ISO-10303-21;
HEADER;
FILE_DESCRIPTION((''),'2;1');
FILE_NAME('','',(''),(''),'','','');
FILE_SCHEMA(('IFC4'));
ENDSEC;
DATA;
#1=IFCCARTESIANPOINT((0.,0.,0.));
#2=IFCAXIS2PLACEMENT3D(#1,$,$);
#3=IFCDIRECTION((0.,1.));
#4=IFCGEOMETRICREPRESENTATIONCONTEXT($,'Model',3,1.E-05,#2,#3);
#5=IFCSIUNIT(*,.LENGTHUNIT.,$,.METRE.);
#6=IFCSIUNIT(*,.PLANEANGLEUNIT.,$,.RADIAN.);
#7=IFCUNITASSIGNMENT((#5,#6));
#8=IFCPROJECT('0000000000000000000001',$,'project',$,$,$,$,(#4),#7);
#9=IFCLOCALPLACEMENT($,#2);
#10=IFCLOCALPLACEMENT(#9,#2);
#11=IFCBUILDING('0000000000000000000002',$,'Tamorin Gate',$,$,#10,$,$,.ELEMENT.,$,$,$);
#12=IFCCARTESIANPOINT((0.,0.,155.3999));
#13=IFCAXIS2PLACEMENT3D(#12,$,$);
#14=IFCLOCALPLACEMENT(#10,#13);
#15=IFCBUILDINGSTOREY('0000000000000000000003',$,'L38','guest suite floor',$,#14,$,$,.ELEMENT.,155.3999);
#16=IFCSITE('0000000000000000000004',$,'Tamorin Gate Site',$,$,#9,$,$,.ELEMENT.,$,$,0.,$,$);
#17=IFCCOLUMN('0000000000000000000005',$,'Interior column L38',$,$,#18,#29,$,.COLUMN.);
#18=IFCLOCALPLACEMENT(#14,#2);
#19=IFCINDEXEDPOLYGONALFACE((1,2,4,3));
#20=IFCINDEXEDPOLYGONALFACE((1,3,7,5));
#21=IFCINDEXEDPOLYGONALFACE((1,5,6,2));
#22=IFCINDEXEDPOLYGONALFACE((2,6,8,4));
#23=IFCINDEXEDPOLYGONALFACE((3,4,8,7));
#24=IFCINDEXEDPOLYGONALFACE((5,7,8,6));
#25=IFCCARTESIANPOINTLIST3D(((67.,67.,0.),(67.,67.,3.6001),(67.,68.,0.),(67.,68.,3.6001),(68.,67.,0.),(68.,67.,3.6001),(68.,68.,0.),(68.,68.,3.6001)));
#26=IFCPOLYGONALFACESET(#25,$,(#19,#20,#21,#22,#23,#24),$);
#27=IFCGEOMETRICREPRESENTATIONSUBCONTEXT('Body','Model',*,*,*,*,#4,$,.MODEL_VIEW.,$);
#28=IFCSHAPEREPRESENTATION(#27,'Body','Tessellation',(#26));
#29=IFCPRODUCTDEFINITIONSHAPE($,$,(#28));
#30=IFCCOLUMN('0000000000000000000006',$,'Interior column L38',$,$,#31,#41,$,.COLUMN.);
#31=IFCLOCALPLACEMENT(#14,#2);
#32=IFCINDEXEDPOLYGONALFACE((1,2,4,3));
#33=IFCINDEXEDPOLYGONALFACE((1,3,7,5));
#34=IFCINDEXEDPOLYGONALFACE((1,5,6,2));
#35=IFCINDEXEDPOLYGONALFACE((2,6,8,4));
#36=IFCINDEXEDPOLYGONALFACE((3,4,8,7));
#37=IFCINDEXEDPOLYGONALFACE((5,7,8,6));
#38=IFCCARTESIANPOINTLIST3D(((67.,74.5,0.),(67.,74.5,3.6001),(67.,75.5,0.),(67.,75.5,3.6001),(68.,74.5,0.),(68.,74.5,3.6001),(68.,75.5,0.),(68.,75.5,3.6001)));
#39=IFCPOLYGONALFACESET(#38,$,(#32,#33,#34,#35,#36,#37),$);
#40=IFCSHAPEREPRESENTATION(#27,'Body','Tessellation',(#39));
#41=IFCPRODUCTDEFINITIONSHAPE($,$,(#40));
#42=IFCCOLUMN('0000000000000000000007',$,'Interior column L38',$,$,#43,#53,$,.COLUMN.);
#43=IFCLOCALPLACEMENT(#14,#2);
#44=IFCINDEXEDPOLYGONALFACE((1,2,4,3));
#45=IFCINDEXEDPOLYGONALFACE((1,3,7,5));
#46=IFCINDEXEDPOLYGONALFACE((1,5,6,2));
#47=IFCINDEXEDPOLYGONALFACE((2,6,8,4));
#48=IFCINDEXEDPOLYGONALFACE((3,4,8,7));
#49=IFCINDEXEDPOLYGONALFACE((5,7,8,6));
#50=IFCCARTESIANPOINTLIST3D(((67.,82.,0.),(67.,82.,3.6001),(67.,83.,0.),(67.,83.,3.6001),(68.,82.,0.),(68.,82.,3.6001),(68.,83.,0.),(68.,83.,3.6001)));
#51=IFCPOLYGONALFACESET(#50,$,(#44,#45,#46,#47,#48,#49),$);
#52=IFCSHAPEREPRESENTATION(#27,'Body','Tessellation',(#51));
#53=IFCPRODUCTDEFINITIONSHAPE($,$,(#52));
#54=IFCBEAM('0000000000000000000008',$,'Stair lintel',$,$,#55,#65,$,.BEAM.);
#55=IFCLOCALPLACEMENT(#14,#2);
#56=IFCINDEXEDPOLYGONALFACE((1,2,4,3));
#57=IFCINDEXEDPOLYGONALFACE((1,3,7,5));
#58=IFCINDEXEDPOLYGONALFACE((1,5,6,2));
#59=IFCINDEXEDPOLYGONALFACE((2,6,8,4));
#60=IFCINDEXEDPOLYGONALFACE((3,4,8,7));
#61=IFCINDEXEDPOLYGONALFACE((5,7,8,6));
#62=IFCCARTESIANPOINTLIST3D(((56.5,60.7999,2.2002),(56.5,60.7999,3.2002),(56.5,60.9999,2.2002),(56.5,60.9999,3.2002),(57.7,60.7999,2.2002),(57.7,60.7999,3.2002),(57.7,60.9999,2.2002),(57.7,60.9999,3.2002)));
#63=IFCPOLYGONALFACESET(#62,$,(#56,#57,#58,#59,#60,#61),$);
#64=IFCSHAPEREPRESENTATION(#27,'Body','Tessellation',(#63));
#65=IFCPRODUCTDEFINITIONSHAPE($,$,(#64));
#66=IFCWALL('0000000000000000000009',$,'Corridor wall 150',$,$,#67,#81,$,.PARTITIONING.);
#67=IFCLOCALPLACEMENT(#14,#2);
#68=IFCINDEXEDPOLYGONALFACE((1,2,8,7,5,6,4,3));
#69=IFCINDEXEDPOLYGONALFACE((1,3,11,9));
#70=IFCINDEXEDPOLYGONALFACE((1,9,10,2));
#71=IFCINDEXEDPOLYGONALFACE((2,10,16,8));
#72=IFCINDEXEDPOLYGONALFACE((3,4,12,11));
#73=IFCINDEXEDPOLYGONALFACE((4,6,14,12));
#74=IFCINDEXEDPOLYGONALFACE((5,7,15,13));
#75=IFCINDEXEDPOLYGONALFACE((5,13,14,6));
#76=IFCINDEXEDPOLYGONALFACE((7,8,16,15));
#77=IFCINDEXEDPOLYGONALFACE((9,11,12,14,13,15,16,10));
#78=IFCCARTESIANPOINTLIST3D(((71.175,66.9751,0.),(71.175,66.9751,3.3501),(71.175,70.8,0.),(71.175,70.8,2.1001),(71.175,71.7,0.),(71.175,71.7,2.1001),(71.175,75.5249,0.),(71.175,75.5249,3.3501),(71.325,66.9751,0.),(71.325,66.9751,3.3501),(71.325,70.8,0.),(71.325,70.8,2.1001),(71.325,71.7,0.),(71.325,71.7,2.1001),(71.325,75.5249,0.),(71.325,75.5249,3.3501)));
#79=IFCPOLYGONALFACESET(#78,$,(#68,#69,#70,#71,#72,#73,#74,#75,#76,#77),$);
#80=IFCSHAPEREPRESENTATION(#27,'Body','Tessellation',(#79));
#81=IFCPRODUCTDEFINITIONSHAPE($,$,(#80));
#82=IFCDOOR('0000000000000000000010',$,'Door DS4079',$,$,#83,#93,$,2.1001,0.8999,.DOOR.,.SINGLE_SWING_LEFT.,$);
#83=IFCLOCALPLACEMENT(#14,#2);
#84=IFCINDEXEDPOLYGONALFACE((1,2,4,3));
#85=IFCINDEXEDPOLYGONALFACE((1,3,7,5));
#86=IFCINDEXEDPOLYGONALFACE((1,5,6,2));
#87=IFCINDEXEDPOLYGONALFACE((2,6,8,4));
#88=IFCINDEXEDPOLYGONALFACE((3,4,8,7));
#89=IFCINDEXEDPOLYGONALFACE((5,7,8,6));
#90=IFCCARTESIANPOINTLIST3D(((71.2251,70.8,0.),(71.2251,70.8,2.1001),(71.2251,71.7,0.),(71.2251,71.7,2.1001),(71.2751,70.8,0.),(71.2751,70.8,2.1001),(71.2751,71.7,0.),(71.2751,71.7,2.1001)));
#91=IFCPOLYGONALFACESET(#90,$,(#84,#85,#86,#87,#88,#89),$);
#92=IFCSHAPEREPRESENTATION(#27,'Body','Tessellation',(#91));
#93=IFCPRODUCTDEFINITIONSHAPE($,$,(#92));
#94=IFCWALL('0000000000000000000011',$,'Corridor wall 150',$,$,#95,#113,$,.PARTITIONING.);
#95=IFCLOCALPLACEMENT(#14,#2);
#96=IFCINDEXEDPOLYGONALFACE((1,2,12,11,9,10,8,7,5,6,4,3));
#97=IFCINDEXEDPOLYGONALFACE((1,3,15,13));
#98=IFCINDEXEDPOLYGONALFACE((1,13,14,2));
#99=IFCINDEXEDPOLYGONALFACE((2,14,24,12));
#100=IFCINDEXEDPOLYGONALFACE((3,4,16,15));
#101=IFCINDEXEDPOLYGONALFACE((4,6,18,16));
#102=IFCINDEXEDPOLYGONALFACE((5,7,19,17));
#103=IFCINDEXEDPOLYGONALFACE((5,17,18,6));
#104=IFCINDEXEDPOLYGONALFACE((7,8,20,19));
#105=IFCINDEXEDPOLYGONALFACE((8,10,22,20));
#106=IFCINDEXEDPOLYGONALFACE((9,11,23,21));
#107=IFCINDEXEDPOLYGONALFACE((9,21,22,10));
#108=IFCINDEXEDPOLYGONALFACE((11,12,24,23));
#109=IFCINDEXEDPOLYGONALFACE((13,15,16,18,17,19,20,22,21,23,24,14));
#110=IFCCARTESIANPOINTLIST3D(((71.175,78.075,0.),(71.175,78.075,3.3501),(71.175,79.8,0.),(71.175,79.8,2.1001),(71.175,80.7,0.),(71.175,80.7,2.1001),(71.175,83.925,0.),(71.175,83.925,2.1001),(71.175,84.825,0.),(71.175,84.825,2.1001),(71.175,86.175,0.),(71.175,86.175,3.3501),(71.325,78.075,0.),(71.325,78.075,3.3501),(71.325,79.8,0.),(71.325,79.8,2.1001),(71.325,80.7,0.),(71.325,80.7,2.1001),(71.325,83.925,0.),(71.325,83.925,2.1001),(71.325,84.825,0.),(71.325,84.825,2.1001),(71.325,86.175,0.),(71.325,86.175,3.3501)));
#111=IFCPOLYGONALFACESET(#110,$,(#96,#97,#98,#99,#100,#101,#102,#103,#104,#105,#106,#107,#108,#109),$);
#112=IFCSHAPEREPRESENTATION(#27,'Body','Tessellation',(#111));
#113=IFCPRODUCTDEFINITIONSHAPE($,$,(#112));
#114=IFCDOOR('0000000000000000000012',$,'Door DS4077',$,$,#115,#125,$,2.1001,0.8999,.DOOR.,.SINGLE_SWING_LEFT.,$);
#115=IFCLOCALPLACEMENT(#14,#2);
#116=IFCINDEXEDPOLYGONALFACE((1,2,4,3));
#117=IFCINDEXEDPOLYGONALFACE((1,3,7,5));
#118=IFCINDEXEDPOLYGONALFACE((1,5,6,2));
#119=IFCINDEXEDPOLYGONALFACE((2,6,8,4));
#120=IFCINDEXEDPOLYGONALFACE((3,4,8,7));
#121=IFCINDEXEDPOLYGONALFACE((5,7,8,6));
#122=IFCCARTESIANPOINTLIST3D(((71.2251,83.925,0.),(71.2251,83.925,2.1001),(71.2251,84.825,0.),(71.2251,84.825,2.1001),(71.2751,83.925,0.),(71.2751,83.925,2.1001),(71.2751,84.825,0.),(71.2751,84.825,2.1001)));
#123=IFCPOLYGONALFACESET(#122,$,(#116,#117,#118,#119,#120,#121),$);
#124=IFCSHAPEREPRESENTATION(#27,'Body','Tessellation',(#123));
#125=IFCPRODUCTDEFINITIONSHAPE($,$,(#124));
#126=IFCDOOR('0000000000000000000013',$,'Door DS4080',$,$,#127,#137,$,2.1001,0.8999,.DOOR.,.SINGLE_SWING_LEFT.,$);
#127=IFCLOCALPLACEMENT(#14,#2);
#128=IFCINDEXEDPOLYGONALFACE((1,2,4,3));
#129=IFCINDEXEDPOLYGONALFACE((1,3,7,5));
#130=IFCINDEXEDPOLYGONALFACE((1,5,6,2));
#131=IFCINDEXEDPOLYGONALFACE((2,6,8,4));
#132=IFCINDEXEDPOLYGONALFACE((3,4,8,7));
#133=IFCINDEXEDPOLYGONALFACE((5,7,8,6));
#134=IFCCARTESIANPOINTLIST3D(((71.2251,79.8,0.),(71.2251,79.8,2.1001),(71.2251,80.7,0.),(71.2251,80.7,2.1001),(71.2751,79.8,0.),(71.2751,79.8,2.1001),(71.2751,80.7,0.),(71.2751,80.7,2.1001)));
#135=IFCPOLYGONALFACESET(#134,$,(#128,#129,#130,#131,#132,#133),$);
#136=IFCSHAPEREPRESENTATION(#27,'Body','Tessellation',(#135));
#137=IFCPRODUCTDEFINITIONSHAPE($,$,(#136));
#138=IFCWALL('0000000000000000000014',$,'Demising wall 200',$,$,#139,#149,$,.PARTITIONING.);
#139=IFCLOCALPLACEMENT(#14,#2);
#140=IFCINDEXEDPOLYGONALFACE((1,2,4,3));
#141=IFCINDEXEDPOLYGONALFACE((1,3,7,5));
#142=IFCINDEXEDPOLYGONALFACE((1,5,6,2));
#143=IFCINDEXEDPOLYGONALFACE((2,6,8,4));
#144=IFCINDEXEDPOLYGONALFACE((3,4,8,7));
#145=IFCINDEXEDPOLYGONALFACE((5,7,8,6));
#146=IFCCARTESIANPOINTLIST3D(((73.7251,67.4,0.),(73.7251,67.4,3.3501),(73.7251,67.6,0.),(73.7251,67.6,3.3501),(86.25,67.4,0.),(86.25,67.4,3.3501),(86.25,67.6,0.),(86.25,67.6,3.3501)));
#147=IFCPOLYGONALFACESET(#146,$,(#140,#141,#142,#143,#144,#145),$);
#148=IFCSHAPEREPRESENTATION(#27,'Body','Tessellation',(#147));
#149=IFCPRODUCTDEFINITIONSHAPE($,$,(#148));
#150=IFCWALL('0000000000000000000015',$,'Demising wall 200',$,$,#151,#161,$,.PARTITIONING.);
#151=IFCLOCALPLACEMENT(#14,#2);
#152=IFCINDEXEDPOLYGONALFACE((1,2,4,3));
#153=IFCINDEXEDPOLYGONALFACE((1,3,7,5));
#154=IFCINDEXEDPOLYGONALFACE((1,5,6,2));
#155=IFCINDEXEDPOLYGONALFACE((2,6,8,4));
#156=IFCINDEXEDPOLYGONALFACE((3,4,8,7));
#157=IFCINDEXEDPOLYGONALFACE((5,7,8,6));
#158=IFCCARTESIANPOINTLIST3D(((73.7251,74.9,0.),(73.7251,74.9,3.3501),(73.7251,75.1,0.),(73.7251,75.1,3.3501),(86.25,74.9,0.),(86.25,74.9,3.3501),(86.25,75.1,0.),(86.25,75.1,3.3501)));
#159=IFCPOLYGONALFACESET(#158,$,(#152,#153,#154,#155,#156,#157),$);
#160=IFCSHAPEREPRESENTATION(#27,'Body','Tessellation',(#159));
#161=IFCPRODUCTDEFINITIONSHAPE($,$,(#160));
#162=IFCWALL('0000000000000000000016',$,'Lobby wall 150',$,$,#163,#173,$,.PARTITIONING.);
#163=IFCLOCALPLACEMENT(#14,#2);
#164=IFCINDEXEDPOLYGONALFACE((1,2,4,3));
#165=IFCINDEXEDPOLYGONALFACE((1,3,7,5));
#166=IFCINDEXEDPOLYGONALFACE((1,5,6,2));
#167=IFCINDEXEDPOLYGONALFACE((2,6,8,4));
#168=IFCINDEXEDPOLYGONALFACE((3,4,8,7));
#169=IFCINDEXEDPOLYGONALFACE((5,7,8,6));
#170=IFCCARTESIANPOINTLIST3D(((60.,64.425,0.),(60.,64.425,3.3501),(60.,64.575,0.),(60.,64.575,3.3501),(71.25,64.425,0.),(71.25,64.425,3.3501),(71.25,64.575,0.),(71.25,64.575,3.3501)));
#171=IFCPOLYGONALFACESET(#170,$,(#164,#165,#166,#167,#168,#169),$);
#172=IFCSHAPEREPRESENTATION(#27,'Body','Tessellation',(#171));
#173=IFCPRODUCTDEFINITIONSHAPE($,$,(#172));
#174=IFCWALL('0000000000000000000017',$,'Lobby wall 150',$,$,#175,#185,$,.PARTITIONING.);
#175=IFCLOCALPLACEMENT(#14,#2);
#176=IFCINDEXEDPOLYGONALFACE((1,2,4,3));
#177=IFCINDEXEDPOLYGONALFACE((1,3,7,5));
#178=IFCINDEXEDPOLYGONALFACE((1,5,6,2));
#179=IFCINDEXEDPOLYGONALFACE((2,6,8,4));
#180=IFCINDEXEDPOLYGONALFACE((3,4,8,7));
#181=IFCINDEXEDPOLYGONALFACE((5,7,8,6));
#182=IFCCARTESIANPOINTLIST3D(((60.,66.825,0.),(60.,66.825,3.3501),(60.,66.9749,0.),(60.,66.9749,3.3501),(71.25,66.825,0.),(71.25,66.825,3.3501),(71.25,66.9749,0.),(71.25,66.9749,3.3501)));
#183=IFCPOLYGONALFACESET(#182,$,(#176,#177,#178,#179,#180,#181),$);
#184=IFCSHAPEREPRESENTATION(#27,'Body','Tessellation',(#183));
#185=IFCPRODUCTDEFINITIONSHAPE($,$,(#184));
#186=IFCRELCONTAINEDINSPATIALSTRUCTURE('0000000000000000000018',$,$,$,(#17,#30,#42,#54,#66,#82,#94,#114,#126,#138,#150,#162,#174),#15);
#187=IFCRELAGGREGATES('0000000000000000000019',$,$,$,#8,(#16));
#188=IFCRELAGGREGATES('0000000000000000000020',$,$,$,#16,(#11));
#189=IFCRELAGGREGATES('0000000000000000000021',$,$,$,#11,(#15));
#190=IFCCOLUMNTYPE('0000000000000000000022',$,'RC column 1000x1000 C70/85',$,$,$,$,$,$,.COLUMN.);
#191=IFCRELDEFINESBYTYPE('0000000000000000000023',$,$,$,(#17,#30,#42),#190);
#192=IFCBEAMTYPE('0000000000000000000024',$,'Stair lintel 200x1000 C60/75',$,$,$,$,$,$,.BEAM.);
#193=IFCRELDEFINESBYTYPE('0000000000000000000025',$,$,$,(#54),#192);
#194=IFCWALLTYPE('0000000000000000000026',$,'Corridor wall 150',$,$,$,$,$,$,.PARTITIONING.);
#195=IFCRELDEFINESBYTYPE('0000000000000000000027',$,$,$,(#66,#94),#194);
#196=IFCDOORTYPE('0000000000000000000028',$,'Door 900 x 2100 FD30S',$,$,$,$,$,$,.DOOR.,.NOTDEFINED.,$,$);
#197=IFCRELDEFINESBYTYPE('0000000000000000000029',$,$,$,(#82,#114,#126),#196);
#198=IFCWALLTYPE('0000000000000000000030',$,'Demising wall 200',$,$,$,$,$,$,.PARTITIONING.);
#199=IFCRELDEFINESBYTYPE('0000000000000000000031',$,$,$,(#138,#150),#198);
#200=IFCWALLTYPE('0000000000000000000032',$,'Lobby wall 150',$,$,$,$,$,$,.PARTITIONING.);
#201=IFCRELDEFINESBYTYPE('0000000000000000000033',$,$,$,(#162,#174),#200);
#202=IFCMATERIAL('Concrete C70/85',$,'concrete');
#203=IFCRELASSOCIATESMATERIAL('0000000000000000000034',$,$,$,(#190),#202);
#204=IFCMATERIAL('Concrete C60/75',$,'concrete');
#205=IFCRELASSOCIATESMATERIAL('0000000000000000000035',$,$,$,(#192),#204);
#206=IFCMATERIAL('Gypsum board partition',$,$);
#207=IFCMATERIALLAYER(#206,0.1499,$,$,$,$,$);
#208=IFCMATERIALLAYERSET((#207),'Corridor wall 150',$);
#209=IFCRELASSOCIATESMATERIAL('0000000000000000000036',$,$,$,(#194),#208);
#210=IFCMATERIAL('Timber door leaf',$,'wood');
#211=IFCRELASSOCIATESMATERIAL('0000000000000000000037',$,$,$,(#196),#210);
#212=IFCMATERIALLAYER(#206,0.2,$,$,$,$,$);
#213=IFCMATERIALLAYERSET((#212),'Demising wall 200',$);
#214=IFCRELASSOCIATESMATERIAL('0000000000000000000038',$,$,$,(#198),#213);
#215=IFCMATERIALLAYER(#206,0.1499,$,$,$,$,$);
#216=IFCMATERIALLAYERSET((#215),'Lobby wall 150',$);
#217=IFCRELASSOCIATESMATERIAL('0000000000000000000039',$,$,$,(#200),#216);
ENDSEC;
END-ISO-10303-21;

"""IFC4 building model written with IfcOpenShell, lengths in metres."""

from ifc_helpers import new_model, si_unit, direction, frame, frame_2d, origin, origin_2d, place, context, subcontext, project, spatial, rectangle, extrude, material, layer, layer_set, material_profile, profile_set, type_object, element, fill, save


model = new_model("IFC4")

# Units and contexts
model_context = context("Model", 3, precision=1e-05, world=origin(), true_north=direction((0.0, 1.0)))
body_context = subcontext(model_context, "Body", "Model", "MODEL_VIEW")
ifc_project = project(units=[si_unit("LENGTHUNIT", "METRE"), si_unit("PLANEANGLEUNIT", "RADIAN")], contexts=[model_context])

# Site, building, storey
site_placement = place(None, origin())
site = spatial("IfcSite", under=ifc_project, at=site_placement, Name="Tamorin Gate Site", CompositionType="ELEMENT", RefElevation=0.0)
building_placement = place(site_placement, origin())
building = spatial("IfcBuilding", under=site, at=building_placement, Name="Tamorin Gate", CompositionType="ELEMENT")
storey_placement = place(building_placement, frame((0.0, 0.0, 155.3999)))
storey = spatial("IfcBuildingStorey", under=building, at=storey_placement, Name="L38", Description="guest suite floor", CompositionType="ELEMENT", Elevation=155.3999)

# Columns
ifc_material_1 = material(Name="Concrete C70/85", Category="concrete")
ifc_material_profile_1 = material_profile(ifc_material_1, rectangle(XDim=1.0, YDim=1.0, at=origin_2d()), Name="RC 1000x1000")
ifc_profile_set_1 = profile_set([ifc_material_profile_1], Name="Concrete C70/85")
column_type = type_object("IfcColumnType", Name="RC column 1000x1000 C70/85", PredefinedType="COLUMN", material=ifc_profile_set_1)
for number, where, z_axis, x_axis, name in (
    (1, (67.5, 67.5, 0.0), (0.0, 0.0, 1.0), (1.0, 0.0, 0.0), "Interior column L38"),
    (2, (67.5, 75.0, 0.0), (0.0, 0.0, 1.0), (1.0, 0.0, 0.0), "Interior column L38"),
    (3, (67.5, 82.5, 0.0), (0.0, 0.0, 1.0), (1.0, 0.0, 0.0), "Interior column L38"),
):
    element("IfcColumn", number, at=place(storey_placement, frame(where, z_axis=z_axis, x_axis=x_axis)), inside=storey, type_object=column_type, Name=name, PredefinedType="COLUMN", context=body_context, shape_type="SweptSolid", body=[
        extrude(rectangle(XDim=1.0, YDim=1.0, at=origin_2d()), origin(), (0.0, 0.0, 1.0), 3.6001),
    ])

# Beam
ifc_material_2 = material(Name="Concrete C60/75", Category="concrete")
ifc_material_profile_2 = material_profile(ifc_material_2, rectangle(XDim=0.2, YDim=1.0, at=origin_2d()))
ifc_profile_set_2 = profile_set([ifc_material_profile_2], Name="Concrete C60/75")
beam_type = type_object("IfcBeamType", Name="Stair lintel 200x1000 C60/75", PredefinedType="BEAM", material=ifc_profile_set_2)
beam_placement = place(storey_placement, frame((56.5, 60.8999, 2.7002), z_axis=(1.0, 0.0, 0.0), x_axis=(0.0, 1.0, 0.0)))
element("IfcBeam", 4, at=beam_placement, inside=storey, type_object=beam_type, Name="Stair lintel", PredefinedType="BEAM", context=body_context, shape_type="SweptSolid", body=[
    extrude(rectangle(XDim=0.2, YDim=1.0, at=origin_2d()), origin(), (0.0, 0.0, 1.0), 1.2),
])

# Wall, opening, door
ifc_material_3 = material(Name="Gypsum board partition")
ifc_layer_1 = layer(ifc_material_3, 0.1499)
ifc_layer_set_1 = layer_set([ifc_layer_1], Name="Corridor wall 150")
wall_type_1 = type_object("IfcWallType", Name="Corridor wall 150", PredefinedType="PARTITIONING", material=ifc_layer_set_1)
wall_1_placement = place(storey_placement, frame((71.25, 66.9751, 0.0), z_axis=(0.0, 0.0, 1.0), x_axis=(0.0, 1.0, 0.0)))
wall_1 = element("IfcWall", 5, at=wall_1_placement, inside=storey, type_object=wall_type_1, Name="Corridor wall 150", PredefinedType="PARTITIONING", context=body_context, shape_type="SweptSolid", body=[
    extrude(rectangle(XDim=8.5498, YDim=0.1499, at=frame_2d((4.2749, 0.0))), origin(), (0.0, 0.0, 1.0), 3.3501),
])
opening_1_placement = place(wall_1_placement, frame((3.825, 0.0, 0.0)))
opening_1 = element("IfcOpeningElement", 6, at=opening_1_placement, cuts=wall_1, PredefinedType="OPENING", context=body_context, shape_type="SweptSolid", body=[
    extrude(rectangle(XDim=0.8999, YDim=2.1001, at=frame_2d((0.45, 1.05))), frame((0.0, 0.085, 0.0), z_axis=(0.0, -1.0, 0.0), x_axis=(1.0, 0.0, 0.0)), (0.0, 0.0, 1.0), 0.1699),
])
ifc_material_4 = material(Name="Timber door leaf", Category="wood")
door_type = type_object("IfcDoorType", Name="Door 900 x 2100 FD30S", OperationType="NOTDEFINED", PredefinedType="DOOR", material=ifc_material_4)
door_1_placement = place(opening_1_placement, origin())
door_1 = element("IfcDoor", 7, at=door_1_placement, inside=storey, type_object=door_type, Name="Door DS4079", OperationType="SINGLE_SWING_LEFT", OverallHeight=2.1001, OverallWidth=0.8999, PredefinedType="DOOR", context=body_context, shape_type="SweptSolid", body=[
    extrude(rectangle(XDim=0.8999, YDim=2.1001, at=frame_2d((0.45, 1.05))), frame((0.0, 0.0249, 0.0), z_axis=(0.0, -1.0, 0.0), x_axis=(1.0, 0.0, 0.0)), (0.0, 0.0, 1.0), 0.05),
])
fill(opening_1, door_1)

# Wall, openings, doors
wall_2_placement = place(storey_placement, frame((71.25, 78.075, 0.0), z_axis=(0.0, 0.0, 1.0), x_axis=(0.0, 1.0, 0.0)))
wall_2 = element("IfcWall", 8, at=wall_2_placement, inside=storey, type_object=wall_type_1, Name="Corridor wall 150", PredefinedType="PARTITIONING", context=body_context, shape_type="SweptSolid", body=[
    extrude(rectangle(XDim=8.1001, YDim=0.1499, at=frame_2d((4.05, 0.0))), origin(), (0.0, 0.0, 1.0), 3.3501),
])
opening_2_placement = place(wall_2_placement, frame((5.8501, 0.0, 0.0)))
opening_2 = element("IfcOpeningElement", 9, at=opening_2_placement, cuts=wall_2, PredefinedType="OPENING", context=body_context, shape_type="SweptSolid", body=[
    extrude(rectangle(XDim=0.8999, YDim=2.1001, at=frame_2d((0.45, 1.05))), frame((0.0, 0.085, 0.0), z_axis=(0.0, -1.0, 0.0), x_axis=(1.0, 0.0, 0.0)), (0.0, 0.0, 1.0), 0.1699),
])
opening_3_placement = place(wall_2_placement, frame((1.7251, 0.0, 0.0)))
opening_3 = element("IfcOpeningElement", 10, at=opening_3_placement, cuts=wall_2, PredefinedType="OPENING", context=body_context, shape_type="SweptSolid", body=[
    extrude(rectangle(XDim=0.8999, YDim=2.1001, at=frame_2d((0.45, 1.05))), frame((0.0, 0.085, 0.0), z_axis=(0.0, -1.0, 0.0), x_axis=(1.0, 0.0, 0.0)), (0.0, 0.0, 1.0), 0.1699),
])
door_2_placement = place(opening_2_placement, origin())
door_2 = element("IfcDoor", 11, at=door_2_placement, inside=storey, type_object=door_type, Name="Door DS4077", OperationType="SINGLE_SWING_LEFT", OverallHeight=2.1001, OverallWidth=0.8999, PredefinedType="DOOR", context=body_context, shape_type="SweptSolid", body=[
    extrude(rectangle(XDim=0.8999, YDim=2.1001, at=frame_2d((0.45, 1.05))), frame((0.0, 0.0249, 0.0), z_axis=(0.0, -1.0, 0.0), x_axis=(1.0, 0.0, 0.0)), (0.0, 0.0, 1.0), 0.05),
])
fill(opening_2, door_2)
door_3_placement = place(opening_3_placement, origin())
door_3 = element("IfcDoor", 12, at=door_3_placement, inside=storey, type_object=door_type, Name="Door DS4080", OperationType="SINGLE_SWING_LEFT", OverallHeight=2.1001, OverallWidth=0.8999, PredefinedType="DOOR", context=body_context, shape_type="SweptSolid", body=[
    extrude(rectangle(XDim=0.8999, YDim=2.1001, at=frame_2d((0.45, 1.05))), frame((0.0, 0.0249, 0.0), z_axis=(0.0, -1.0, 0.0), x_axis=(1.0, 0.0, 0.0)), (0.0, 0.0, 1.0), 0.05),
])
fill(opening_3, door_3)

# Walls
ifc_layer_2 = layer(ifc_material_3, 0.2)
ifc_layer_set_2 = layer_set([ifc_layer_2], Name="Demising wall 200")
wall_type_2 = type_object("IfcWallType", Name="Demising wall 200", PredefinedType="PARTITIONING", material=ifc_layer_set_2)
for number, where, z_axis, x_axis, name in (
    (13, (73.7251, 67.5, 0.0), (0.0, 0.0, 1.0), (1.0, 0.0, 0.0), "Demising wall 200"),
    (14, (73.7251, 75.0, 0.0), (0.0, 0.0, 1.0), (1.0, 0.0, 0.0), "Demising wall 200"),
):
    element("IfcWall", number, at=place(storey_placement, frame(where, z_axis=z_axis, x_axis=x_axis)), inside=storey, type_object=wall_type_2, Name=name, PredefinedType="PARTITIONING", context=body_context, shape_type="SweptSolid", body=[
        extrude(rectangle(XDim=12.5249, YDim=0.2, at=frame_2d((6.2625, 0.0))), origin(), (0.0, 0.0, 1.0), 3.3501),
    ])
ifc_layer_3 = layer(ifc_material_3, 0.1499)
ifc_layer_set_3 = layer_set([ifc_layer_3], Name="Lobby wall 150")
wall_type_3 = type_object("IfcWallType", Name="Lobby wall 150", PredefinedType="PARTITIONING", material=ifc_layer_set_3)
for number, where, z_axis, x_axis, name in (
    (15, (60.0, 64.5, 0.0), (0.0, 0.0, 1.0), (1.0, 0.0, 0.0), "Lobby wall 150"),
    (16, (60.0, 66.8999, 0.0), (0.0, 0.0, 1.0), (1.0, 0.0, 0.0), "Lobby wall 150"),
):
    element("IfcWall", number, at=place(storey_placement, frame(where, z_axis=z_axis, x_axis=x_axis)), inside=storey, type_object=wall_type_3, Name=name, PredefinedType="PARTITIONING", context=body_context, shape_type="SweptSolid", body=[
        extrude(rectangle(XDim=11.25, YDim=0.1499, at=frame_2d((5.625, 0.0))), origin(), (0.0, 0.0, 1.0), 3.3501),
    ])

save(model, "model.ifc")
